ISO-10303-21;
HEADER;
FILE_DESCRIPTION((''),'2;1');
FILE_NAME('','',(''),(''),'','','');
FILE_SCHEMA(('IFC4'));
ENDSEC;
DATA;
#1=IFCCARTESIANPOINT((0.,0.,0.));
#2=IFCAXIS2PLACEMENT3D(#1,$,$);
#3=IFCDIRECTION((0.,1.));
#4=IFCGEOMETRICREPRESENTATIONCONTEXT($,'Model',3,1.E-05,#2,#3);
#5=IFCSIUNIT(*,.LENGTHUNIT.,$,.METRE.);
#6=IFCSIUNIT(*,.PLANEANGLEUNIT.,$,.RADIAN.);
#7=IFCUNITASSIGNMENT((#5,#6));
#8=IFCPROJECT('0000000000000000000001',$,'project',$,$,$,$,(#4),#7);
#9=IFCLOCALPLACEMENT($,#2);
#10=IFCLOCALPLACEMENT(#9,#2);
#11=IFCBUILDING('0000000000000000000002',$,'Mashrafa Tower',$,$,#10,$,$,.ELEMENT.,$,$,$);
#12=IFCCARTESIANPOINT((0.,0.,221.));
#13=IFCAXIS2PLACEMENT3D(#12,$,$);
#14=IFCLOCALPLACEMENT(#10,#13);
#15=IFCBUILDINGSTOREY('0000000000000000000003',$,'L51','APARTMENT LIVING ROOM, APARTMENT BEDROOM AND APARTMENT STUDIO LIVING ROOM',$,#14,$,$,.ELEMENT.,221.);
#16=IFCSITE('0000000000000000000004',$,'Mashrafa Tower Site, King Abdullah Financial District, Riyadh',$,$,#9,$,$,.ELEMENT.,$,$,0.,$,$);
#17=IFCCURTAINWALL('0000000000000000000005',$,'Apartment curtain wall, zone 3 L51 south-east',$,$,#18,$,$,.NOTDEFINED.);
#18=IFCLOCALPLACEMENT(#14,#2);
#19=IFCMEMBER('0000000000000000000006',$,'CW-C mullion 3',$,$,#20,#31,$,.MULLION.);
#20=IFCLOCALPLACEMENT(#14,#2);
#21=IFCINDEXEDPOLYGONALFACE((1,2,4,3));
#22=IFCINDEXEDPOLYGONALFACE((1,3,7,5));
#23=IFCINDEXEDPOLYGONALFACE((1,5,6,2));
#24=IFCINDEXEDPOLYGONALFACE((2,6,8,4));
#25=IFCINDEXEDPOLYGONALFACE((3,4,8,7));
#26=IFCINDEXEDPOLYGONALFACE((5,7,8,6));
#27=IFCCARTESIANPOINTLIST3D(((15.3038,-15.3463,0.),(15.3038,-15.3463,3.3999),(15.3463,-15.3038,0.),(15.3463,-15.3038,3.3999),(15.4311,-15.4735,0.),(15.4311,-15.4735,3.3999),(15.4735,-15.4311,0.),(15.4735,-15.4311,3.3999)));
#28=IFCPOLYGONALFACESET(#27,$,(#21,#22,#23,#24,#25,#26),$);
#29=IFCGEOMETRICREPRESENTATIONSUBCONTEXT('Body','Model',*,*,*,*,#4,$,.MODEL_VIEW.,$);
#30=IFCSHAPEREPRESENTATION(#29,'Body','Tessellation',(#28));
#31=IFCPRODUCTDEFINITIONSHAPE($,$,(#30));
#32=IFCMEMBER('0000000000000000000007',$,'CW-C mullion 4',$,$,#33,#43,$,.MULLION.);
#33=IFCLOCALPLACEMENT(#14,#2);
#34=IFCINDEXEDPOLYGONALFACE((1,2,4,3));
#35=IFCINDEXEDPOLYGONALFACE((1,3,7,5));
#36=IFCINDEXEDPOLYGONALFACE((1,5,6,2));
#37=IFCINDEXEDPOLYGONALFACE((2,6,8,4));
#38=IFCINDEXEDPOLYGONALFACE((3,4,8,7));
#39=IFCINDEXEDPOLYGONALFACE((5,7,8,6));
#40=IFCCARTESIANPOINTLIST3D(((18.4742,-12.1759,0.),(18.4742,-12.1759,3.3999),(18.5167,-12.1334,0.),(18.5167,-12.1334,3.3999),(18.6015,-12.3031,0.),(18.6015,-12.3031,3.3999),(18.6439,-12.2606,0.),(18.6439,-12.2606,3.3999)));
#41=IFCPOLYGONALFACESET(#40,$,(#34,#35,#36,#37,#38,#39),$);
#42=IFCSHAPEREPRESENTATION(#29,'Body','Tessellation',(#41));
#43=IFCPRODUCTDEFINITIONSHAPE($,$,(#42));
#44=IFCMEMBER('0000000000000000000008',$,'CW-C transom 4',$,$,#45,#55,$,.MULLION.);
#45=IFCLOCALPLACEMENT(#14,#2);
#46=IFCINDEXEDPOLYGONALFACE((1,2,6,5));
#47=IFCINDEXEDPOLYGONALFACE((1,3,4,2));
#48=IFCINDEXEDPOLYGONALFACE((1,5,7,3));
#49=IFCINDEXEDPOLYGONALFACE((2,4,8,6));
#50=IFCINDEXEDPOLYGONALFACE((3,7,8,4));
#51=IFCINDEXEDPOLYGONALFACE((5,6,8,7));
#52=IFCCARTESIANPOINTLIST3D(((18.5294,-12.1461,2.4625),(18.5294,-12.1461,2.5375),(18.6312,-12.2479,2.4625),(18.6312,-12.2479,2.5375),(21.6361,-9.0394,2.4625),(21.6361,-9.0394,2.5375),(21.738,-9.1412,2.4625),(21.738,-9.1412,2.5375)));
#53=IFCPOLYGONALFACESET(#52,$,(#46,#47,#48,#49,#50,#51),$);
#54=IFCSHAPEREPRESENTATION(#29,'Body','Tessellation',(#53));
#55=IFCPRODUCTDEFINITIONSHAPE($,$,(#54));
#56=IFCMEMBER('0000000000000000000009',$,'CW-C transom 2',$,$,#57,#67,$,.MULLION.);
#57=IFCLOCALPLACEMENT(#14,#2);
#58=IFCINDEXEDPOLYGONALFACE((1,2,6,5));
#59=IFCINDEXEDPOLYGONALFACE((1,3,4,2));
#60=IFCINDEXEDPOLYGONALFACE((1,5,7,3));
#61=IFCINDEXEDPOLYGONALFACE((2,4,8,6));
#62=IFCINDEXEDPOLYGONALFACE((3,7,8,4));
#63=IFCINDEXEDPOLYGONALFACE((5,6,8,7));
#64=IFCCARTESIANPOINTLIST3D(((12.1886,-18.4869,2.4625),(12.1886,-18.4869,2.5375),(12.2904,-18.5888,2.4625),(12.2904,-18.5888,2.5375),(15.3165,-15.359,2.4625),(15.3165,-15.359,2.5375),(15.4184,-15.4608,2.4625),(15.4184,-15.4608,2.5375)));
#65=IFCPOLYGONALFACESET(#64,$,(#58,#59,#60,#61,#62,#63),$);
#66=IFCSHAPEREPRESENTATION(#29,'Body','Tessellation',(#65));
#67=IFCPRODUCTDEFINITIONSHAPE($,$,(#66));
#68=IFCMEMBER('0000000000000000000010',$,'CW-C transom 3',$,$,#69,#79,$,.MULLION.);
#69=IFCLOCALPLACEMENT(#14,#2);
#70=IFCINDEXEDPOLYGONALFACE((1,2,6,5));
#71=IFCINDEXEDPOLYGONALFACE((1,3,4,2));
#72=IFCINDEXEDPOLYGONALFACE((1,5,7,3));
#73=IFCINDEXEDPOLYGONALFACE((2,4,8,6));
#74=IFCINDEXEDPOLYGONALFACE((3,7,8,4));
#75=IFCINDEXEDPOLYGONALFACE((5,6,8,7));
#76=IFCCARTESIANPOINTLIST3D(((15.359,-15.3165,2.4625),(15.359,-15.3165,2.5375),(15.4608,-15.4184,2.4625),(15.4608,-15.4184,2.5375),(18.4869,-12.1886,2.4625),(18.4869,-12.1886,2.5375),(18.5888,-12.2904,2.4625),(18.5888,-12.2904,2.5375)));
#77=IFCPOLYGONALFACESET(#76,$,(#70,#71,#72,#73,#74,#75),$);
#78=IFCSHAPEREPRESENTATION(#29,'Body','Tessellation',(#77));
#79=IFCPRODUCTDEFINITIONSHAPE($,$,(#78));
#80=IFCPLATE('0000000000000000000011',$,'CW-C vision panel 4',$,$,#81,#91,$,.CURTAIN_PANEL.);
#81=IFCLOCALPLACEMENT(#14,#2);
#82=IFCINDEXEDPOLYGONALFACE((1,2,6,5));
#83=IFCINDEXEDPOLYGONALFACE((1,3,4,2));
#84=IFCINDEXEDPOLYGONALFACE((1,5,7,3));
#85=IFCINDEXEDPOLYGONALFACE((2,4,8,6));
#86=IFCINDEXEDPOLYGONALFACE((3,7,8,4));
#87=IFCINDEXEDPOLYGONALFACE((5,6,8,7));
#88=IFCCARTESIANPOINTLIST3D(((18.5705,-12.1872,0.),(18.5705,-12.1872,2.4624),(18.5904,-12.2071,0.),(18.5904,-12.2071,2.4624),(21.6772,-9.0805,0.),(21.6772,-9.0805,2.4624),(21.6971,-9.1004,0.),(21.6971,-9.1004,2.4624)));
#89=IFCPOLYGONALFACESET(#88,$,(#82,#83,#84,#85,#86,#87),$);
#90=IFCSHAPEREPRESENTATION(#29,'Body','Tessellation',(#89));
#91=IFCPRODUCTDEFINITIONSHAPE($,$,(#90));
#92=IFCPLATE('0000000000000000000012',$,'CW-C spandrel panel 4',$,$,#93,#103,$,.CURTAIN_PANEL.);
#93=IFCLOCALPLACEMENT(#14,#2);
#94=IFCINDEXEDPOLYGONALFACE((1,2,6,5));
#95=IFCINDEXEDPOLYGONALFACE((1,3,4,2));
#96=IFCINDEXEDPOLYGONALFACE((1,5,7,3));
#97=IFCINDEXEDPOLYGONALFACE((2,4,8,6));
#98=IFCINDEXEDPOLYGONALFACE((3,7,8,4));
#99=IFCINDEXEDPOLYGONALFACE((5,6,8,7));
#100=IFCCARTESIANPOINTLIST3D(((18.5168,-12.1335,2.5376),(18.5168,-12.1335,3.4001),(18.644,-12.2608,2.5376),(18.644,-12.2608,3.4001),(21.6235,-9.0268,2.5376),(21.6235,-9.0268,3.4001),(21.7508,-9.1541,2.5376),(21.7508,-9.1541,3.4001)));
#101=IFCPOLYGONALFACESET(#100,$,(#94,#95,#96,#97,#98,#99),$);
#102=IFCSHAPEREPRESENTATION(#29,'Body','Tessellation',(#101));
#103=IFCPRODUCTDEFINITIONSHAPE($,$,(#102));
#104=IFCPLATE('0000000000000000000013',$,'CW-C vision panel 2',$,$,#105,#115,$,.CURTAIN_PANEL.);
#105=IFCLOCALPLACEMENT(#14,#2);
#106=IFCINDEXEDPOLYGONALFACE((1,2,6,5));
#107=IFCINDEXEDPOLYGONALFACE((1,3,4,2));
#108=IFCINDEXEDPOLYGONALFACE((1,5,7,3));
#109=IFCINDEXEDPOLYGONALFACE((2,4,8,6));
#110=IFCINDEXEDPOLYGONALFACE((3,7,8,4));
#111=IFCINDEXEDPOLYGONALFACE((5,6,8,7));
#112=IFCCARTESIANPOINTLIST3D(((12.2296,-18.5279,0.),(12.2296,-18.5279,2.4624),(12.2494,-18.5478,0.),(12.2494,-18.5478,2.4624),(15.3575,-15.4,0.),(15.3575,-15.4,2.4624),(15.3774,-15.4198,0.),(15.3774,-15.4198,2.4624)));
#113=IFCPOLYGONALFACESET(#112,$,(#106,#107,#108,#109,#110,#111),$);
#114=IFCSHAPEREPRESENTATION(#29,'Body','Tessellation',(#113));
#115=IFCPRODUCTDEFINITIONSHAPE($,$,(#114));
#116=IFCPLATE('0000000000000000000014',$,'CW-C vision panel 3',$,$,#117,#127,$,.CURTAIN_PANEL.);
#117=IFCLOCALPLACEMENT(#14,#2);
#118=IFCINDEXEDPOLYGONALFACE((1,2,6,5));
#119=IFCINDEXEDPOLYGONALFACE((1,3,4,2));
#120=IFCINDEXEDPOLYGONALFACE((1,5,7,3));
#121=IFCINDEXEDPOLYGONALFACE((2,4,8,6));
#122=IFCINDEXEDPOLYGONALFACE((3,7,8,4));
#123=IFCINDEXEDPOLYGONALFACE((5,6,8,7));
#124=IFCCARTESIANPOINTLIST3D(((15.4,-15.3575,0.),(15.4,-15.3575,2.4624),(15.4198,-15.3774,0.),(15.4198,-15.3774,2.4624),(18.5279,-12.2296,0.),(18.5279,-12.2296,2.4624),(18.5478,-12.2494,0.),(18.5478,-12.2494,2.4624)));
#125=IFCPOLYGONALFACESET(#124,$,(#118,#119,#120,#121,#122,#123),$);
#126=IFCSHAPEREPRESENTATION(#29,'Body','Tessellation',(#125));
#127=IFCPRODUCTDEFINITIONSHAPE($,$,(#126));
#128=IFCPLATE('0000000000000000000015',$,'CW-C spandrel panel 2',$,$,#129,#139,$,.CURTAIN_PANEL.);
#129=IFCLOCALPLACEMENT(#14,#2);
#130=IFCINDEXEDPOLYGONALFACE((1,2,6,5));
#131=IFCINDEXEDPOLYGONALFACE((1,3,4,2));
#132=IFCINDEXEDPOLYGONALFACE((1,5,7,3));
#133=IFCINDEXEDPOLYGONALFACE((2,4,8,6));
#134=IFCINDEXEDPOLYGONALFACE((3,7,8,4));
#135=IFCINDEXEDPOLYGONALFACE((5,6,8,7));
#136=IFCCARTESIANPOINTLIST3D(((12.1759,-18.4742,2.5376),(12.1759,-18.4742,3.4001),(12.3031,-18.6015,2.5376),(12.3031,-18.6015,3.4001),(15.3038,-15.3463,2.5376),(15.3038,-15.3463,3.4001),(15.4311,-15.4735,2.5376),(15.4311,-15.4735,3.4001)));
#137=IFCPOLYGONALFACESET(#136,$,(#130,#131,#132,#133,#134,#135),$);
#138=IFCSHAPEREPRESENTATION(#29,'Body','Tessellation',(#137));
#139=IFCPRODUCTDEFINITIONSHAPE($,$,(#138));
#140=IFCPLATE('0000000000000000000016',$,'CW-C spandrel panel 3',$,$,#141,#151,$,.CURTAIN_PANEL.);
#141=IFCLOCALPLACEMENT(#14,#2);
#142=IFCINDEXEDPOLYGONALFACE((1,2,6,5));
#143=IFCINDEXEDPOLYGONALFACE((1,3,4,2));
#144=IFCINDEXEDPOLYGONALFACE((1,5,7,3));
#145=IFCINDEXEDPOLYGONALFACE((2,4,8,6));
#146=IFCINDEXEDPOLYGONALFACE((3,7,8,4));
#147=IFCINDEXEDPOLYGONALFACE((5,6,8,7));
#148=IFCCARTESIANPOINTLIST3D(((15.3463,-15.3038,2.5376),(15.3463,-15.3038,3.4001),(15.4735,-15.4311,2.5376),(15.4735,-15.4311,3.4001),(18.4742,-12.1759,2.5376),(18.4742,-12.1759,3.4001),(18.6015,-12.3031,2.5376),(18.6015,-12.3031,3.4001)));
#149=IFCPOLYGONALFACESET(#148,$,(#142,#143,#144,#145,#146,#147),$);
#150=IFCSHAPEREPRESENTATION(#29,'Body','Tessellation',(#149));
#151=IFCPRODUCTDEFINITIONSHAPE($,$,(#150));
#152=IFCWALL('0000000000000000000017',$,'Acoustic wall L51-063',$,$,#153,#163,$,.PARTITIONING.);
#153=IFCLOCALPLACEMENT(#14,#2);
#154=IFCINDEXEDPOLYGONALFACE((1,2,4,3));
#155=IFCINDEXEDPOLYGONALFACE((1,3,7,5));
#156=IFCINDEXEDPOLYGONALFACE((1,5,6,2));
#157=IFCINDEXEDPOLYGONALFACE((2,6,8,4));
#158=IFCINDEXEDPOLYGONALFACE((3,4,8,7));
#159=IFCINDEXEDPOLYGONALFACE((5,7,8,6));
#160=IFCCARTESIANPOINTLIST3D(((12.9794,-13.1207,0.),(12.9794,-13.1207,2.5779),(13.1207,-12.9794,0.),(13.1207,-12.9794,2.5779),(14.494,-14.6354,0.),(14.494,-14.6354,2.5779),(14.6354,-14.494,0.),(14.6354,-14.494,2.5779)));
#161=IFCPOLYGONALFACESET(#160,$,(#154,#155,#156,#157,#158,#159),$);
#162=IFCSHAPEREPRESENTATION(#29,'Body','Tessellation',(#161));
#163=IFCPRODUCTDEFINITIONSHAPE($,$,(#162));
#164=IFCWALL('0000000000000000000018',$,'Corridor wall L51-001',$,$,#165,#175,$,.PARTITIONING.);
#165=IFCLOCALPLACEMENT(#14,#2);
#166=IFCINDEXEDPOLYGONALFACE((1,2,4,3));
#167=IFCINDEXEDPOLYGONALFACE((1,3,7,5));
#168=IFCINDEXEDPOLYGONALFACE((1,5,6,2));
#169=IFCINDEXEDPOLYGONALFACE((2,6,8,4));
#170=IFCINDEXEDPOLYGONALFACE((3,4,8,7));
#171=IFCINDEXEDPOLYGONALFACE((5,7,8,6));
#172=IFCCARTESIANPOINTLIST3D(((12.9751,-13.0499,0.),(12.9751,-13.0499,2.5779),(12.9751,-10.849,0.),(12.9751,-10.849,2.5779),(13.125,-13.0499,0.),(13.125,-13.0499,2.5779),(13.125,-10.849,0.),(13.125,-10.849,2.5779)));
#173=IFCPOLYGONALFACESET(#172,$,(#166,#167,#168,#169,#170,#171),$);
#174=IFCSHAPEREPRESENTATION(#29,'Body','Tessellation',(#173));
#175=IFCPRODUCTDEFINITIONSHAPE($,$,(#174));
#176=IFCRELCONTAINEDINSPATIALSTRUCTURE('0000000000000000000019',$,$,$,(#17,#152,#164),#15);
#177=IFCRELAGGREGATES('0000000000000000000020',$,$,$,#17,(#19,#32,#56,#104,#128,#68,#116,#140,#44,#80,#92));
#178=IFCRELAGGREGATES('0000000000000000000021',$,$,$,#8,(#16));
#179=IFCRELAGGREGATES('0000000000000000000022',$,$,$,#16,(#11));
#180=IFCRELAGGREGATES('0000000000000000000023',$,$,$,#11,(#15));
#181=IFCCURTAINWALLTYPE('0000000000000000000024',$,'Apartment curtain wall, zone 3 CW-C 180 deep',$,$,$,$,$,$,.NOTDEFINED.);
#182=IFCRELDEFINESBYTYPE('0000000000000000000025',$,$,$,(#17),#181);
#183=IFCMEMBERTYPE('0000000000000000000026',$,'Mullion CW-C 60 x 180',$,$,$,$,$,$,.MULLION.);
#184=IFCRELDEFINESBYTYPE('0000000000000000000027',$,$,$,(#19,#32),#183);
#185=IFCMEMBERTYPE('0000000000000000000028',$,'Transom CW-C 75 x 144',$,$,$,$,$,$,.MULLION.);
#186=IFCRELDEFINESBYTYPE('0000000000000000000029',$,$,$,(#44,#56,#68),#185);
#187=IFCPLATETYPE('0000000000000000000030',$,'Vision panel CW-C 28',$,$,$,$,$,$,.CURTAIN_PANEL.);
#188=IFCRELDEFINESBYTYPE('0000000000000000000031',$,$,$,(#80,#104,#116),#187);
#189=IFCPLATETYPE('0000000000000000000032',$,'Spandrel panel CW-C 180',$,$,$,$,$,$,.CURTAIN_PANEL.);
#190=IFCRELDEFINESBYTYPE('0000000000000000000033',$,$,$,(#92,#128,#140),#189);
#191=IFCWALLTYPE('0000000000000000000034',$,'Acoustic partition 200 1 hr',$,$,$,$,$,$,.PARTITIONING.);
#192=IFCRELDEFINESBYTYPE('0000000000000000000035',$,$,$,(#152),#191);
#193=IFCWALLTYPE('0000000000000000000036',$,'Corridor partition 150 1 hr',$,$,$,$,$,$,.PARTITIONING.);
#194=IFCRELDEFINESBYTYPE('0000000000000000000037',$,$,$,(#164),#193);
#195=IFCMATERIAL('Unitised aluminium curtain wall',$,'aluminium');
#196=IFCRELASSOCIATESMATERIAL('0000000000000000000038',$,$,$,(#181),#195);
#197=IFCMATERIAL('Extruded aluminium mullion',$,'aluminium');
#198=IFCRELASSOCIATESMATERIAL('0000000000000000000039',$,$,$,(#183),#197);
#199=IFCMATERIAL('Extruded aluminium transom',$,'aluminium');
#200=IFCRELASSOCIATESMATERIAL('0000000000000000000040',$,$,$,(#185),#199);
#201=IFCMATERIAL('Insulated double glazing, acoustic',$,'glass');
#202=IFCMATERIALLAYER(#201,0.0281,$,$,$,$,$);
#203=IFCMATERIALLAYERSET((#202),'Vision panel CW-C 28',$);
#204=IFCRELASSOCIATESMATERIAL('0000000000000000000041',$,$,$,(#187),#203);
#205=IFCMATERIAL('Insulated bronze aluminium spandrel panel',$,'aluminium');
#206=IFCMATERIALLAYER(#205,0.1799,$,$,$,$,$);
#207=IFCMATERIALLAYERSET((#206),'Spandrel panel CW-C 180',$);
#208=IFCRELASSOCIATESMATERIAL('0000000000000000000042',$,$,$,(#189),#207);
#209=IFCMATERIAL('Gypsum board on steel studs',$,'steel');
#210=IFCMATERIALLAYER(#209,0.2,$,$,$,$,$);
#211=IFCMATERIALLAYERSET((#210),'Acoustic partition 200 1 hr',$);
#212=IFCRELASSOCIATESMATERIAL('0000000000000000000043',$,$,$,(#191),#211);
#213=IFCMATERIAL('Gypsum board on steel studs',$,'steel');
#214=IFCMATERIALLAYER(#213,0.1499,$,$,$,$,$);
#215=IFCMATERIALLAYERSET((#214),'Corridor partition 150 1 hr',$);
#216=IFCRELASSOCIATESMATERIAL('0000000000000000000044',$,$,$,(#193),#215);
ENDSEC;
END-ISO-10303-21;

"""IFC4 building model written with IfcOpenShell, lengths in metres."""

from ifc_helpers import new_model, si_unit, direction, frame, frame_2d, origin, origin_2d, place, context, subcontext, project, spatial, rectangle, extrude, source, transform, mapped, material, layer, layer_set, material_profile, profile_set, type_object, type_shapes, element, aggregate, save


model = new_model("IFC4")

# Units and contexts
model_context = context("Model", 3, precision=1e-05, world=origin(), true_north=direction((0.0, 1.0)))
body_context = subcontext(model_context, "Body", "Model", "MODEL_VIEW")
ifc_project = project(units=[si_unit("LENGTHUNIT", "METRE"), si_unit("PLANEANGLEUNIT", "RADIAN")], contexts=[model_context])

# Site, building, storey
site_placement = place(None, origin())
site = spatial("IfcSite", under=ifc_project, at=site_placement, Name="Mashrafa Tower Site, King Abdullah Financial District, Riyadh", CompositionType="ELEMENT", RefElevation=0.0)
building_placement = place(site_placement, origin())
building = spatial("IfcBuilding", under=site, at=building_placement, Name="Mashrafa Tower", CompositionType="ELEMENT")
storey_placement = place(building_placement, frame((0.0, 0.0, 221.0)))
storey = spatial("IfcBuildingStorey", under=building, at=storey_placement, Name="L51", Description="APARTMENT LIVING ROOM, APARTMENT BEDROOM AND APARTMENT STUDIO LIVING ROOM", CompositionType="ELEMENT", Elevation=221.0)

# Curtain wall, members, plates
ifc_material_1 = material(Name="Unitised aluminium curtain wall", Category="aluminium")
curtain_wall_type = type_object("IfcCurtainWallType", Name="Apartment curtain wall, zone 3 CW-C 180 deep", PredefinedType="NOTDEFINED", material=ifc_material_1)
curtain_wall_placement = place(storey_placement, origin())
curtain_wall = element("IfcCurtainWall", 1, at=curtain_wall_placement, inside=storey, type_object=curtain_wall_type, Name="Apartment curtain wall, zone 3 L51 south-east", PredefinedType="NOTDEFINED")
ifc_material_2 = material(Name="Extruded aluminium mullion", Category="aluminium")
ifc_material_profile_1 = material_profile(ifc_material_2, rectangle(XDim=0.1799, YDim=0.0601, at=origin_2d()), Name="Mullion 60x180")
ifc_profile_set_1 = profile_set([ifc_material_profile_1], Name="Extruded aluminium mullion")
member_type_1 = type_object("IfcMemberType", Name="Mullion CW-C 60 x 180", PredefinedType="MULLION", material=ifc_profile_set_1)
shared_shape_1 = source(origin(), body_context, "Body", "SweptSolid", [
    extrude(rectangle(XDim=0.1799, YDim=0.0601, at=origin_2d()), origin(), (0.0, 0.0, 1.0), 3.3999),
])
type_shapes(member_type_1, [shared_shape_1])
member_1_placement = place(storey_placement, frame((15.3887, -15.3887, 0.0), z_axis=(0.0, 0.0, 1.0), x_axis=(-0.707107, 0.707107, 0.0)))
member_1 = element("IfcMember", 2, at=member_1_placement, type_object=member_type_1, Name="CW-C mullion 3", PredefinedType="MULLION", context=body_context, shape_type="MappedRepresentation", body=[
    mapped(shared_shape_1, transform((0.0, 0.0, 0.0))),
])
member_2_placement = place(storey_placement, frame((18.5591, -12.2183, 0.0), z_axis=(0.0, 0.0, 1.0), x_axis=(-0.707107, 0.707107, 0.0)))
member_2 = element("IfcMember", 3, at=member_2_placement, type_object=member_type_1, Name="CW-C mullion 4", PredefinedType="MULLION", context=body_context, shape_type="MappedRepresentation", body=[
    mapped(shared_shape_1, transform((0.0, 0.0, 0.0))),
])
ifc_material_3 = material(Name="Extruded aluminium transom", Category="aluminium")
ifc_material_profile_2 = material_profile(ifc_material_3, rectangle(XDim=0.144, YDim=0.075, at=origin_2d()), Name="Transom 75x144")
ifc_profile_set_2 = profile_set([ifc_material_profile_2], Name="Extruded aluminium transom")
member_type_2 = type_object("IfcMemberType", Name="Transom CW-C 75 x 144", PredefinedType="MULLION", material=ifc_profile_set_2)
shared_shape_2 = source(origin(), body_context, "Body", "SweptSolid", [
    extrude(rectangle(XDim=0.144, YDim=0.075, at=origin_2d()), origin(), (0.0, 0.0, 1.0), 4.3936),
])
member_3_placement = place(storey_placement, frame((18.5803, -12.197, 2.5), z_axis=(0.707107, 0.707107, 0.0), x_axis=(-0.707107, 0.707107, 0.0)))
member_3 = element("IfcMember", 4, at=member_3_placement, type_object=member_type_2, Name="CW-C transom 4", PredefinedType="MULLION", context=body_context, shape_type="MappedRepresentation", body=[
    mapped(shared_shape_2, transform((0.0, 0.0, 0.0))),
])
shared_shape_3 = source(origin(), body_context, "Body", "SweptSolid", [
    extrude(rectangle(XDim=0.144, YDim=0.075, at=origin_2d()), origin(), (0.0, 0.0, 1.0), 4.4236),
])
type_shapes(member_type_2, [shared_shape_2, shared_shape_3])
member_4_placement = place(storey_placement, frame((12.2395, -18.5378, 2.5), z_axis=(0.707107, 0.707107, 0.0), x_axis=(-0.707107, 0.707107, 0.0)))
member_4 = element("IfcMember", 5, at=member_4_placement, type_object=member_type_2, Name="CW-C transom 2", PredefinedType="MULLION", context=body_context, shape_type="MappedRepresentation", body=[
    mapped(shared_shape_3, transform((0.0, 0.0, 0.0))),
])
member_5_placement = place(storey_placement, frame((15.4099, -15.3674, 2.5), z_axis=(0.707107, 0.707107, 0.0), x_axis=(-0.707107, 0.707107, 0.0)))
member_5 = element("IfcMember", 6, at=member_5_placement, type_object=member_type_2, Name="CW-C transom 3", PredefinedType="MULLION", context=body_context, shape_type="MappedRepresentation", body=[
    mapped(shared_shape_3, transform((0.0, 0.0, 0.0))),
])
ifc_material_4 = material(Name="Insulated double glazing, acoustic", Category="glass")
ifc_layer_1 = layer(ifc_material_4, 0.0281)
ifc_layer_set_1 = layer_set([ifc_layer_1], Name="Vision panel CW-C 28")
plate_type_1 = type_object("IfcPlateType", Name="Vision panel CW-C 28", PredefinedType="CURTAIN_PANEL", material=ifc_layer_set_1)
shared_shape_4 = source(origin(), body_context, "Body", "SweptSolid", [
    extrude(rectangle(XDim=4.3936, YDim=0.0281, at=origin_2d()), origin(), (0.0, 0.0, 1.0), 2.4624),
])
plate_1_placement = place(storey_placement, frame((20.1338, -10.6438, 0.0), z_axis=(0.0, 0.0, 1.0), x_axis=(0.707107, 0.707107, 0.0)))
plate_1 = element("IfcPlate", 7, at=plate_1_placement, type_object=plate_type_1, Name="CW-C vision panel 4", PredefinedType="CURTAIN_PANEL", context=body_context, shape_type="MappedRepresentation", body=[
    mapped(shared_shape_4, transform((0.0, 0.0, 0.0))),
])
ifc_material_5 = material(Name="Insulated bronze aluminium spandrel panel", Category="aluminium")
ifc_layer_2 = layer(ifc_material_5, 0.1799)
ifc_layer_set_2 = layer_set([ifc_layer_2], Name="Spandrel panel CW-C 180")
plate_type_2 = type_object("IfcPlateType", Name="Spandrel panel CW-C 180", PredefinedType="CURTAIN_PANEL", material=ifc_layer_set_2)
shared_shape_5 = source(origin(), body_context, "Body", "SweptSolid", [
    extrude(rectangle(XDim=4.3936, YDim=0.1799, at=origin_2d()), origin(), (0.0, 0.0, 1.0), 0.8625),
])
plate_2_placement = place(storey_placement, frame((20.1338, -10.6438, 2.5376), z_axis=(0.0, 0.0, 1.0), x_axis=(0.707107, 0.707107, 0.0)))
plate_2 = element("IfcPlate", 8, at=plate_2_placement, type_object=plate_type_2, Name="CW-C spandrel panel 4", PredefinedType="CURTAIN_PANEL", context=body_context, shape_type="MappedRepresentation", body=[
    mapped(shared_shape_5, transform((0.0, 0.0, 0.0))),
])
shared_shape_6 = source(origin(), body_context, "Body", "SweptSolid", [
    extrude(rectangle(XDim=4.4236, YDim=0.0281, at=origin_2d()), origin(), (0.0, 0.0, 1.0), 2.4624),
])
type_shapes(plate_type_1, [shared_shape_4, shared_shape_6])
plate_3_placement = place(storey_placement, frame((13.8035, -16.9739, 0.0), z_axis=(0.0, 0.0, 1.0), x_axis=(0.707107, 0.707107, 0.0)))
plate_3 = element("IfcPlate", 9, at=plate_3_placement, type_object=plate_type_1, Name="CW-C vision panel 2", PredefinedType="CURTAIN_PANEL", context=body_context, shape_type="MappedRepresentation", body=[
    mapped(shared_shape_6, transform((0.0, 0.0, 0.0))),
])
plate_4_placement = place(storey_placement, frame((16.9739, -13.8035, 0.0), z_axis=(0.0, 0.0, 1.0), x_axis=(0.707107, 0.707107, 0.0)))
plate_4 = element("IfcPlate", 10, at=plate_4_placement, type_object=plate_type_1, Name="CW-C vision panel 3", PredefinedType="CURTAIN_PANEL", context=body_context, shape_type="MappedRepresentation", body=[
    mapped(shared_shape_6, transform((0.0, 0.0, 0.0))),
])
shared_shape_7 = source(origin(), body_context, "Body", "SweptSolid", [
    extrude(rectangle(XDim=4.4236, YDim=0.1799, at=origin_2d()), origin(), (0.0, 0.0, 1.0), 0.8625),
])
type_shapes(plate_type_2, [shared_shape_5, shared_shape_7])
plate_5_placement = place(storey_placement, frame((13.8035, -16.9739, 2.5376), z_axis=(0.0, 0.0, 1.0), x_axis=(0.707107, 0.707107, 0.0)))
plate_5 = element("IfcPlate", 11, at=plate_5_placement, type_object=plate_type_2, Name="CW-C spandrel panel 2", PredefinedType="CURTAIN_PANEL", context=body_context, shape_type="MappedRepresentation", body=[
    mapped(shared_shape_7, transform((0.0, 0.0, 0.0))),
])
plate_6_placement = place(storey_placement, frame((16.9739, -13.8035, 2.5376), z_axis=(0.0, 0.0, 1.0), x_axis=(0.707107, 0.707107, 0.0)))
plate_6 = element("IfcPlate", 12, at=plate_6_placement, type_object=plate_type_2, Name="CW-C spandrel panel 3", PredefinedType="CURTAIN_PANEL", context=body_context, shape_type="MappedRepresentation", body=[
    mapped(shared_shape_7, transform((0.0, 0.0, 0.0))),
])
aggregate(curtain_wall, [member_1, member_2, member_4, plate_3, plate_5, member_5, plate_4, plate_6, member_3, plate_1, plate_2])

# Walls
ifc_material_6 = material(Name="Gypsum board on steel studs", Category="steel")
ifc_layer_3 = layer(ifc_material_6, 0.2)
ifc_layer_set_3 = layer_set([ifc_layer_3], Name="Acoustic partition 200 1 hr")
wall_type_1 = type_object("IfcWallType", Name="Acoustic partition 200 1 hr", PredefinedType="PARTITIONING", material=ifc_layer_set_3)
wall_1_placement = place(storey_placement, frame((13.05, -13.05, 0.0), z_axis=(0.0, 0.0, 1.0), x_axis=(0.707107, -0.707107, 0.0)))
element("IfcWall", 13, at=wall_1_placement, inside=storey, type_object=wall_type_1, Name="Acoustic wall L51-063", PredefinedType="PARTITIONING", context=body_context, shape_type="SweptSolid", body=[
    extrude(rectangle(XDim=2.1421, YDim=0.2, at=frame_2d((1.071, 0.0))), origin(), (0.0, 0.0, 1.0), 2.5779),
])
ifc_material_7 = material(Name="Gypsum board on steel studs", Category="steel")
ifc_layer_4 = layer(ifc_material_7, 0.1499)
ifc_layer_set_4 = layer_set([ifc_layer_4], Name="Corridor partition 150 1 hr")
wall_type_2 = type_object("IfcWallType", Name="Corridor partition 150 1 hr", PredefinedType="PARTITIONING", material=ifc_layer_set_4)
wall_2_placement = place(storey_placement, frame((13.05, -13.05, 0.0), z_axis=(0.0, 0.0, 1.0), x_axis=(0.0, 1.0, 0.0)))
element("IfcWall", 14, at=wall_2_placement, inside=storey, type_object=wall_type_2, Name="Corridor wall L51-001", PredefinedType="PARTITIONING", context=body_context, shape_type="SweptSolid", body=[
    extrude(rectangle(XDim=2.2009, YDim=0.1499, at=frame_2d((1.1006, 0.0))), origin(), (0.0, 0.0, 1.0), 2.5779),
])

save(model, "model.ifc")
